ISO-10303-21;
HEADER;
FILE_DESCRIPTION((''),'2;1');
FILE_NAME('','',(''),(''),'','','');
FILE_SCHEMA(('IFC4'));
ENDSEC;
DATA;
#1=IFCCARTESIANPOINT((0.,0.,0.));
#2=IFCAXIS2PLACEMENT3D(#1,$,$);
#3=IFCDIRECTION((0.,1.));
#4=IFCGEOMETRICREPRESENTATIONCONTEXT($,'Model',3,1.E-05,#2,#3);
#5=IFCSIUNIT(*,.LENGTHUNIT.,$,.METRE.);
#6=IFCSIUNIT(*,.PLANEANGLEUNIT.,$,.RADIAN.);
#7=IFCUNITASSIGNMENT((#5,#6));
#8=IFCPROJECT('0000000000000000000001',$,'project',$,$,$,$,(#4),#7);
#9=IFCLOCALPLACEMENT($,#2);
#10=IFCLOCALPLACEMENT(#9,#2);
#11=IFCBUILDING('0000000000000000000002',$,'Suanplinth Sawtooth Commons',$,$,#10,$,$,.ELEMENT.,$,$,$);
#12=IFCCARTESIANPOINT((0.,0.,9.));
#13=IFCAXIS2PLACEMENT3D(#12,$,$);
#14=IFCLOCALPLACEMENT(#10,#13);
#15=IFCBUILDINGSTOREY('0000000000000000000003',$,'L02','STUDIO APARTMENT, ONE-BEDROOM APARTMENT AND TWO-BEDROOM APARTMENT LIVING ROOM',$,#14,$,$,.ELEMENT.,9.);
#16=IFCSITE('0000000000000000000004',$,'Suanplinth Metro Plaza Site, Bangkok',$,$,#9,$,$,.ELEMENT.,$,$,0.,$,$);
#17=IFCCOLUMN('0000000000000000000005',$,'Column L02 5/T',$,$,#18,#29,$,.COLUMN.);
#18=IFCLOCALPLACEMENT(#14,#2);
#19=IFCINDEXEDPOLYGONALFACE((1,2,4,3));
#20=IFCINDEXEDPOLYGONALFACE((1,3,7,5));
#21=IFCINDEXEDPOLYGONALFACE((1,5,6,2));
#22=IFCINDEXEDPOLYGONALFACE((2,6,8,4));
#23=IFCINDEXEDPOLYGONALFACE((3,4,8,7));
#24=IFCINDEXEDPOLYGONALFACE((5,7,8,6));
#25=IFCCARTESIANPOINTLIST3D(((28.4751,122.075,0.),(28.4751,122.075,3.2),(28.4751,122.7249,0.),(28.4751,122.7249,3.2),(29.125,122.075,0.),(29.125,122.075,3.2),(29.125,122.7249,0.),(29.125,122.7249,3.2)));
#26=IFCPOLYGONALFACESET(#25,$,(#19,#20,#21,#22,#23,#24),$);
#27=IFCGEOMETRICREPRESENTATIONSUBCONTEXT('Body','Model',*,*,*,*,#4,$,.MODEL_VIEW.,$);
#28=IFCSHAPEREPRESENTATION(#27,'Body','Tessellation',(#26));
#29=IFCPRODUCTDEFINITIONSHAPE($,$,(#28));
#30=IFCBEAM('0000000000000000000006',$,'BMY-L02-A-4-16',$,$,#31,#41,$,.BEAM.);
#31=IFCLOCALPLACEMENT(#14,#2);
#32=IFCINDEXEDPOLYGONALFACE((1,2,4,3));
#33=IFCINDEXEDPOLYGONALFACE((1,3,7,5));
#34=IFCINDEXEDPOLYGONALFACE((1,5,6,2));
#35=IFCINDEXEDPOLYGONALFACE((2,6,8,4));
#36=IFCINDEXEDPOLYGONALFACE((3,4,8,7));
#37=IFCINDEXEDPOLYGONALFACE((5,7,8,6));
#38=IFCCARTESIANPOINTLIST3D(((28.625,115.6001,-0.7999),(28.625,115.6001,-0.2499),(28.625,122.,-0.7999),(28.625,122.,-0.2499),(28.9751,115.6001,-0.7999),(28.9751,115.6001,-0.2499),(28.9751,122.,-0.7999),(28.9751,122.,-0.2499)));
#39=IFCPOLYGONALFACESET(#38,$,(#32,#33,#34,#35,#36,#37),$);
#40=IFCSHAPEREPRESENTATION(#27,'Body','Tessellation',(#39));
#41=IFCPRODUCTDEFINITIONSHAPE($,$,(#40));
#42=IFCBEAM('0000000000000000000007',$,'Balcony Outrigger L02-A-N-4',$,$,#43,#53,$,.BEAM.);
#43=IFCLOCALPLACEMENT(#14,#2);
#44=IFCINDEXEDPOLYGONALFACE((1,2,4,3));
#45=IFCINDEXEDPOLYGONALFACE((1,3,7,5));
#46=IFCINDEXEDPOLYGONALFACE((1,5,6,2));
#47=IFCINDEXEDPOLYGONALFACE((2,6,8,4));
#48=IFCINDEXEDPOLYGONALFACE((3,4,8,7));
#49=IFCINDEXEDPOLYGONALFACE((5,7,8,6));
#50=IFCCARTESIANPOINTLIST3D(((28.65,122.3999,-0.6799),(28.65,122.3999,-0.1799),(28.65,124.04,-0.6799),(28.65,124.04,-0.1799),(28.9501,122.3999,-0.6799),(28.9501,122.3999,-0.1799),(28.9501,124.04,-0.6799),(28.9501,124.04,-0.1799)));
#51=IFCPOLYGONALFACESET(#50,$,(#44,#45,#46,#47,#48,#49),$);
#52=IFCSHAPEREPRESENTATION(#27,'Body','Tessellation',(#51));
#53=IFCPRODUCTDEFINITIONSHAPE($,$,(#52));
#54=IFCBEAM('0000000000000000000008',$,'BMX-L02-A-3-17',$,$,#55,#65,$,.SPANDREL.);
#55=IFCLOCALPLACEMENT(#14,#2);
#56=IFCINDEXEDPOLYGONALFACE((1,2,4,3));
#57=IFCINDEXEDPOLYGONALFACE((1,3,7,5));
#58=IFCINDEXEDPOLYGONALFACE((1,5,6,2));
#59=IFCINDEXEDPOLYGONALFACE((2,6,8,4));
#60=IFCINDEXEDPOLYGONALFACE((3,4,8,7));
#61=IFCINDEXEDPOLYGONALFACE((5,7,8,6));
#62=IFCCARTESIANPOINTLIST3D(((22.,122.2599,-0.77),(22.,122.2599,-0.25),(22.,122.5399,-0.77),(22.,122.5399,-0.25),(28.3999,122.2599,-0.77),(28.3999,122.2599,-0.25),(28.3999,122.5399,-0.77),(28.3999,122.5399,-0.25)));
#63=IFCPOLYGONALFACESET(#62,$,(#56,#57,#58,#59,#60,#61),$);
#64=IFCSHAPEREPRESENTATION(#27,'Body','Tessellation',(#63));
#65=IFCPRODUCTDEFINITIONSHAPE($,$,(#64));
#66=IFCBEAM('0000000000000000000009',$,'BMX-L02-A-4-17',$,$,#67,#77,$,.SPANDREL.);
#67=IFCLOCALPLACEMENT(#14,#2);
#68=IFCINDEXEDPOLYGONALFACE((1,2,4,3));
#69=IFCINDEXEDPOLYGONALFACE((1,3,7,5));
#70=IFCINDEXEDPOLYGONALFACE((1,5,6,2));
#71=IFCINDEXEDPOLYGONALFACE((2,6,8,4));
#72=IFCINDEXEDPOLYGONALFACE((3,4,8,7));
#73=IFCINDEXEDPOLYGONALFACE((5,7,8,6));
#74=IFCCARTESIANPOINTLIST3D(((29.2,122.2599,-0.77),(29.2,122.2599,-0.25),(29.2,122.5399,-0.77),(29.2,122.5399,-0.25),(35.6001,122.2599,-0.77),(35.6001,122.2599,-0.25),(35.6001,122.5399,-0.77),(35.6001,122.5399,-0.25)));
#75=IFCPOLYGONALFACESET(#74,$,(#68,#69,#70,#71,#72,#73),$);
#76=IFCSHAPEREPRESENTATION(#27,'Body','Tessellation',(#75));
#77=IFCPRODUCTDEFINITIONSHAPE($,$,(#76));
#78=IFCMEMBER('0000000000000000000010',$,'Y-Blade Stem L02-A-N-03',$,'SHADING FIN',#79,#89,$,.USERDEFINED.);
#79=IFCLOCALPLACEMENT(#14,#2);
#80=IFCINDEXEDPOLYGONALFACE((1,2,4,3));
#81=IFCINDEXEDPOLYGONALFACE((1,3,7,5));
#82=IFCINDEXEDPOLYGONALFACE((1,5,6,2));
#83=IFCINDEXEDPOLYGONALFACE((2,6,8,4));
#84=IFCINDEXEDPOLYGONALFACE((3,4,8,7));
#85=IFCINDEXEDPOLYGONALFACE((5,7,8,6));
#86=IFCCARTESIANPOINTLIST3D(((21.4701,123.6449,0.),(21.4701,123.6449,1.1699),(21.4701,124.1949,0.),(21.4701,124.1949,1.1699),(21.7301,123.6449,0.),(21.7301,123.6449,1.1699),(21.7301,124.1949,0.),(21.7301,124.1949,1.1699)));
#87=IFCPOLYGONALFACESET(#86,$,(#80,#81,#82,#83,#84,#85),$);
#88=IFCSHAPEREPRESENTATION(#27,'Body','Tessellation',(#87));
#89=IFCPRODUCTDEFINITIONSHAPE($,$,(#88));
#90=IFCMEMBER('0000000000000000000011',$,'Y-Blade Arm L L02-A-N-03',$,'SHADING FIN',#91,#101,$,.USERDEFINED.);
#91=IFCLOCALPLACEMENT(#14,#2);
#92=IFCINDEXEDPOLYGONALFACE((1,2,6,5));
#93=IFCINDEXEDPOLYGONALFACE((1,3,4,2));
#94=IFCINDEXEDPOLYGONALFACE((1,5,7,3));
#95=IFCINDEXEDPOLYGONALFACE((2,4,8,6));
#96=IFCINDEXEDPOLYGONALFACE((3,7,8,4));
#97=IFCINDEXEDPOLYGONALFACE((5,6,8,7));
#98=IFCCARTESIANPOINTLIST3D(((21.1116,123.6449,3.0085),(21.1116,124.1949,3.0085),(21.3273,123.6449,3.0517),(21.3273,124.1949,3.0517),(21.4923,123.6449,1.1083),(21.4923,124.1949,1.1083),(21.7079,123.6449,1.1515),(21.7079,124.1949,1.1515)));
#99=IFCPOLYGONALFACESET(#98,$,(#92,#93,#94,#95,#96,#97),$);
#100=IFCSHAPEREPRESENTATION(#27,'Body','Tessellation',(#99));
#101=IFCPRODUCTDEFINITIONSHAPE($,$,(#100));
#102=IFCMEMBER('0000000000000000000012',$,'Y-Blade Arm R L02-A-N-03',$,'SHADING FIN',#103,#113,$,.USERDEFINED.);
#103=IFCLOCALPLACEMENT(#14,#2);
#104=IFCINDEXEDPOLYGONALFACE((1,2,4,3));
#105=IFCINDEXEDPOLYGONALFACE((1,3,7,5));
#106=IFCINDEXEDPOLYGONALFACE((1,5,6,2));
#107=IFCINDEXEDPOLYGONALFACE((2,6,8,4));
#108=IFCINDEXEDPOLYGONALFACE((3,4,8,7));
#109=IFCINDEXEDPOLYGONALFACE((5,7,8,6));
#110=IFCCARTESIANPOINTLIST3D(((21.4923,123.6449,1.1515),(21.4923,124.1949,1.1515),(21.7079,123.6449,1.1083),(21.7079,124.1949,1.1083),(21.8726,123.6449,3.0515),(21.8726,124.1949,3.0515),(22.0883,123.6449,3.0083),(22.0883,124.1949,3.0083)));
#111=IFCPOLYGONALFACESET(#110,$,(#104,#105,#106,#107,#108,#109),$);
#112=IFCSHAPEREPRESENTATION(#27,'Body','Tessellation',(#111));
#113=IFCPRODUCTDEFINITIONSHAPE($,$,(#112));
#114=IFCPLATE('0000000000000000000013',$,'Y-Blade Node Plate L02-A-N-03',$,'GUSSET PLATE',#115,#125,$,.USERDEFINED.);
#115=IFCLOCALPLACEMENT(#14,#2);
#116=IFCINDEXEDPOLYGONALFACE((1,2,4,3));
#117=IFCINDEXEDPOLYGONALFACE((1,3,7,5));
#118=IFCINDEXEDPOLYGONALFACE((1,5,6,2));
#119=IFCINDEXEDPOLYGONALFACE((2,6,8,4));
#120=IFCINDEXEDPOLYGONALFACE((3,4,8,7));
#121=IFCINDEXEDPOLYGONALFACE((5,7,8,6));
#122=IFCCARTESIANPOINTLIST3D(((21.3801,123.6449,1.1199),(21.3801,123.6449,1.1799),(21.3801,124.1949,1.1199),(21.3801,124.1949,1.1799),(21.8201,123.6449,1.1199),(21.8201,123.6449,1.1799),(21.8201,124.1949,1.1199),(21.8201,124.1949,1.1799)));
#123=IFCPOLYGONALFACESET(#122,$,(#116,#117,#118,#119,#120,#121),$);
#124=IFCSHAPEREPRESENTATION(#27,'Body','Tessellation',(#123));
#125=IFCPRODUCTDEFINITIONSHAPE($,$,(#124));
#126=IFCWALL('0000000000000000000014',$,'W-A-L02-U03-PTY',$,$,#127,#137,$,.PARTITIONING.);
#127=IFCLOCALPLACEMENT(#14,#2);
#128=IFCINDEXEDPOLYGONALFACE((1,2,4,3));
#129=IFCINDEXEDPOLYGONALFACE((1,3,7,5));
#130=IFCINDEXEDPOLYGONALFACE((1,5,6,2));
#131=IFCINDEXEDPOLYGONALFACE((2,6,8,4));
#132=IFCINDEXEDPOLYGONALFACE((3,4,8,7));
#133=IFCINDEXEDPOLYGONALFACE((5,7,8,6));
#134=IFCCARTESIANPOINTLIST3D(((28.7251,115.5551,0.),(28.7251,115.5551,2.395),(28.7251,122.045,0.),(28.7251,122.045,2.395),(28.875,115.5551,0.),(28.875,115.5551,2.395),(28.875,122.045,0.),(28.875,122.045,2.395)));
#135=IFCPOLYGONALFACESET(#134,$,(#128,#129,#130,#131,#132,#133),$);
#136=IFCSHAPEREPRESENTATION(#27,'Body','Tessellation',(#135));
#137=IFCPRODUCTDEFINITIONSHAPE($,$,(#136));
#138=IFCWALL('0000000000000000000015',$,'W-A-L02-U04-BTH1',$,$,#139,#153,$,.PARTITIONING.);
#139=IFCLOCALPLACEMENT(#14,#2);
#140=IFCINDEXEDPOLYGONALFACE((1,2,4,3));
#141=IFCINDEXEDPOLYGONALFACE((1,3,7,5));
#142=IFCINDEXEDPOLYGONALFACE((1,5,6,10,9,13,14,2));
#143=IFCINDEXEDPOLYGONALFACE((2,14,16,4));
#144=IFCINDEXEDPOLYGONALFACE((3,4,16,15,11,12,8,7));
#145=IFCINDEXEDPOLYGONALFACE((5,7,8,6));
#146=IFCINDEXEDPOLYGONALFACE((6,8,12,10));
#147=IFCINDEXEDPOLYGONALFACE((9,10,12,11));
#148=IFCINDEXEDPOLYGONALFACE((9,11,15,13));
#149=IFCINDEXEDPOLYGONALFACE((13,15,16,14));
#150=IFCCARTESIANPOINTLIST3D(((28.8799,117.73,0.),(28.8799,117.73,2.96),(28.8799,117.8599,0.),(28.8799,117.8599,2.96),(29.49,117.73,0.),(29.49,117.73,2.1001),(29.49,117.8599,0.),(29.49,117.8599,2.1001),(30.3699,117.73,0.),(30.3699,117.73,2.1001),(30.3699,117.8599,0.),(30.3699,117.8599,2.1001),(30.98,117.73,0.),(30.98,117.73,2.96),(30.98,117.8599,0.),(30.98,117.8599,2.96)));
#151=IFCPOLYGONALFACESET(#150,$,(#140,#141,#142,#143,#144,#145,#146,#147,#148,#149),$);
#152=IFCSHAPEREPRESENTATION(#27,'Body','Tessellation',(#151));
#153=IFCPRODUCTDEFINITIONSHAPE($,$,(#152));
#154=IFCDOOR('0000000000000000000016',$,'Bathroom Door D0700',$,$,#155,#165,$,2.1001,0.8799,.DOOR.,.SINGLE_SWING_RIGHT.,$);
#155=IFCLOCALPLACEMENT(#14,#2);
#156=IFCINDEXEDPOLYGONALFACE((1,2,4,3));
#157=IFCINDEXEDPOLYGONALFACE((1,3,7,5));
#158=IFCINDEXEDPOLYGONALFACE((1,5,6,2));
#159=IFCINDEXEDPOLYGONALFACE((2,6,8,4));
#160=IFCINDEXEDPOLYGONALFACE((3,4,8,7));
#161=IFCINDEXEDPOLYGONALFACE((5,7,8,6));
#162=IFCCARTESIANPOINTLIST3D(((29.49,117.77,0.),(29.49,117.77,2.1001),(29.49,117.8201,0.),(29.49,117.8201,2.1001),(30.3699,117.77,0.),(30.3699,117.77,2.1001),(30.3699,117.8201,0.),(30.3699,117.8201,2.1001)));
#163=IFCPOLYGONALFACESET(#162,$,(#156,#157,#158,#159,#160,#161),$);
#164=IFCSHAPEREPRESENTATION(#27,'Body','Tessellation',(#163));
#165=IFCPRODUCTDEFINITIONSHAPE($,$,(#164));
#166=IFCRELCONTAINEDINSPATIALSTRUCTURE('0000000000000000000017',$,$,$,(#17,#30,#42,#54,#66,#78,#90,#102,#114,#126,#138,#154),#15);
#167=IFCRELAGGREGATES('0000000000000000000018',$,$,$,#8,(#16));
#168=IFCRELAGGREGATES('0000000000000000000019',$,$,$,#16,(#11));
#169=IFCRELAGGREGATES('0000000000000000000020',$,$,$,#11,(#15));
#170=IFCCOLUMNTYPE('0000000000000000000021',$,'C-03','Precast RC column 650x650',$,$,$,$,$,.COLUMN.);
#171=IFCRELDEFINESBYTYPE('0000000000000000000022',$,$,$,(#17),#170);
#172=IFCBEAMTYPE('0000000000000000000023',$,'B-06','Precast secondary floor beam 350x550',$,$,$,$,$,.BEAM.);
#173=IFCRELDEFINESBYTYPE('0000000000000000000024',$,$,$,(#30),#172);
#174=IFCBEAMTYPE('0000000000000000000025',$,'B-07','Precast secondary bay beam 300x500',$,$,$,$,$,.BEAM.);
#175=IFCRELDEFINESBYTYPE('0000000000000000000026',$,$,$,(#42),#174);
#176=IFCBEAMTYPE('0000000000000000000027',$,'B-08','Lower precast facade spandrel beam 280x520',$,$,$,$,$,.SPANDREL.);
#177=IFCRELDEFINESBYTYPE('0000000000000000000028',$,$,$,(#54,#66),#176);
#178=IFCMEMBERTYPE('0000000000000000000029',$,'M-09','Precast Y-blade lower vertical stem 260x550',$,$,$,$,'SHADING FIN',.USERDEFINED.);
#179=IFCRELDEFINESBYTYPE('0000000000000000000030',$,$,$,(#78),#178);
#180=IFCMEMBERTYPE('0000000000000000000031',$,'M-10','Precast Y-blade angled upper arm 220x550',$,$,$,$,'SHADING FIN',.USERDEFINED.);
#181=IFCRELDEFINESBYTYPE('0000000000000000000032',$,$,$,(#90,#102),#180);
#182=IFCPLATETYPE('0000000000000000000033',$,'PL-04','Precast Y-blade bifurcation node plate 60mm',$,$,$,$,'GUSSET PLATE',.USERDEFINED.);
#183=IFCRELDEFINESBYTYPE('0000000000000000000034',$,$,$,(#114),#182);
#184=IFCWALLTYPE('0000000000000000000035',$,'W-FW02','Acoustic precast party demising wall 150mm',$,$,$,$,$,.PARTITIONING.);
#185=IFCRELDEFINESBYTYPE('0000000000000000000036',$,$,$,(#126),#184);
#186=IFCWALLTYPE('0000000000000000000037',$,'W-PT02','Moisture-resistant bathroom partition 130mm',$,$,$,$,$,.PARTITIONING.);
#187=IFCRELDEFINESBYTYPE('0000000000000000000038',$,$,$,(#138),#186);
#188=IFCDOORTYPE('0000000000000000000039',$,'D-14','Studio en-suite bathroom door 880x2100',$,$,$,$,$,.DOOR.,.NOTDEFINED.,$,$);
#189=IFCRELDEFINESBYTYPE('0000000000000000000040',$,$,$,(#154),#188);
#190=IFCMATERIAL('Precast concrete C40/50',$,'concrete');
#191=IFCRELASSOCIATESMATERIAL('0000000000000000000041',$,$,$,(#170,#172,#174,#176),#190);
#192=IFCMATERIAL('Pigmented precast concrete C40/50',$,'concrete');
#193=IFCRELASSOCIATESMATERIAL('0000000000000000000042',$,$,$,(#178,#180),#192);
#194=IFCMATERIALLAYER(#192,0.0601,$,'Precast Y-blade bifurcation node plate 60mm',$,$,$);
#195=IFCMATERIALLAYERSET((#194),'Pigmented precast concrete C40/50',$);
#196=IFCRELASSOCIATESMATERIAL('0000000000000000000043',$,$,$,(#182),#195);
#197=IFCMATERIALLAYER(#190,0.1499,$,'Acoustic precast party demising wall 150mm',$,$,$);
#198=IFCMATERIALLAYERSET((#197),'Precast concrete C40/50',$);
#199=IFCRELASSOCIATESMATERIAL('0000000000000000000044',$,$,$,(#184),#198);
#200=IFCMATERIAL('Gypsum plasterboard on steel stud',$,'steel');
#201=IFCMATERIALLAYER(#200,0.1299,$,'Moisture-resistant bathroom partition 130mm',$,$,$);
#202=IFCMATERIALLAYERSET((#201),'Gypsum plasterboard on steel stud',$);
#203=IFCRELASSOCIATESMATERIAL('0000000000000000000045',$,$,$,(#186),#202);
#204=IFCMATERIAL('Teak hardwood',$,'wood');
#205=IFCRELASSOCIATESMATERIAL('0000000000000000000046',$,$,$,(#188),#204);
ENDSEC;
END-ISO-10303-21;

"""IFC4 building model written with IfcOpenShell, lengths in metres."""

from ifc_helpers import new_model, si_unit, direction, frame, frame_2d, origin, origin_2d, place, context, subcontext, project, spatial, rectangle, extrude, material, layer, layer_set, material_profile, profile_set, type_object, element, fill, save


model = new_model("IFC4")

# Units and contexts
model_context = context("Model", 3, precision=1e-05, world=origin(), true_north=direction((0.0, 1.0)))
body_context = subcontext(model_context, "Body", "Model", "MODEL_VIEW")
ifc_project = project(units=[si_unit("LENGTHUNIT", "METRE"), si_unit("PLANEANGLEUNIT", "RADIAN")], contexts=[model_context])

# Site, building, storey
site_placement = place(None, origin())
site = spatial("IfcSite", under=ifc_project, at=site_placement, Name="Suanplinth Metro Plaza Site, Bangkok", CompositionType="ELEMENT", RefElevation=0.0)
building_placement = place(site_placement, origin())
building = spatial("IfcBuilding", under=site, at=building_placement, Name="Suanplinth Sawtooth Commons", CompositionType="ELEMENT")
storey_placement = place(building_placement, frame((0.0, 0.0, 9.0)))
storey = spatial("IfcBuildingStorey", under=building, at=storey_placement, Name="L02", Description="STUDIO APARTMENT, ONE-BEDROOM APARTMENT AND TWO-BEDROOM APARTMENT LIVING ROOM", CompositionType="ELEMENT", Elevation=9.0)

# Column
ifc_material_1 = material(Name="Precast concrete C40/50", Category="concrete")
ifc_material_profile_1 = material_profile(ifc_material_1, rectangle(XDim=0.6499, YDim=0.6499, at=origin_2d()), Name="PC-COL 650x650")
ifc_profile_set_1 = profile_set([ifc_material_profile_1], Name="Precast concrete C40/50")
column_type = type_object("IfcColumnType", Name="C-03", Description="Precast RC column 650x650", PredefinedType="COLUMN", material=ifc_profile_set_1)
column_placement = place(storey_placement, frame((28.8, 122.3999, 0.0), z_axis=(0.0, 0.0, 1.0), x_axis=(1.0, 0.0, 0.0)))
element("IfcColumn", 1, at=column_placement, inside=storey, type_object=column_type, Name="Column L02 5/T", PredefinedType="COLUMN", context=body_context, shape_type="SweptSolid", body=[
    extrude(rectangle(XDim=0.6499, YDim=0.6499, at=origin_2d()), origin(), (0.0, 0.0, 1.0), 3.2),
])

# Beams
ifc_material_profile_2 = material_profile(ifc_material_1, rectangle(XDim=0.3501, YDim=0.55, at=origin_2d()), Name="PC-BM 350x550")
ifc_profile_set_2 = profile_set([ifc_material_profile_2], Name="Precast concrete C40/50")
beam_type_1 = type_object("IfcBeamType", Name="B-06", Description="Precast secondary floor beam 350x550", PredefinedType="BEAM", material=ifc_profile_set_2)
beam_1_placement = place(storey_placement, frame((28.8, 115.6001, -0.5249), z_axis=(0.0, 1.0, 0.0), x_axis=(-1.0, 0.0, 0.0)))
element("IfcBeam", 2, at=beam_1_placement, inside=storey, type_object=beam_type_1, Name="BMY-L02-A-4-16", PredefinedType="BEAM", context=body_context, shape_type="SweptSolid", body=[
    extrude(rectangle(XDim=0.3501, YDim=0.55, at=origin_2d()), origin(), (0.0, 0.0, 1.0), 6.3999),
])
ifc_material_profile_3 = material_profile(ifc_material_1, rectangle(XDim=0.3, YDim=0.5, at=origin_2d()), Name="PC-BM 300x500")
ifc_profile_set_3 = profile_set([ifc_material_profile_3], Name="Precast concrete C40/50")
beam_type_2 = type_object("IfcBeamType", Name="B-07", Description="Precast secondary bay beam 300x500", PredefinedType="BEAM", material=ifc_profile_set_3)
beam_2_placement = place(storey_placement, frame((28.8, 122.3999, -0.4299), z_axis=(0.0, 1.0, 0.0), x_axis=(-1.0, 0.0, 0.0)))
element("IfcBeam", 3, at=beam_2_placement, inside=storey, type_object=beam_type_2, Name="Balcony Outrigger L02-A-N-4", PredefinedType="BEAM", context=body_context, shape_type="SweptSolid", body=[
    extrude(rectangle(XDim=0.3, YDim=0.5, at=origin_2d()), origin(), (0.0, 0.0, 1.0), 1.6401),
])
ifc_material_profile_4 = material_profile(ifc_material_1, rectangle(XDim=0.28, YDim=0.52, at=origin_2d()), Name="PC-SP 280x520")
ifc_profile_set_4 = profile_set([ifc_material_profile_4], Name="Precast concrete C40/50")
beam_type_3 = type_object("IfcBeamType", Name="B-08", Description="Lower precast facade spandrel beam 280x520", PredefinedType="SPANDREL", material=ifc_profile_set_4)
beam_3_placement = place(storey_placement, frame((22.0, 122.3999, -0.51), z_axis=(1.0, 0.0, 0.0), x_axis=(0.0, 1.0, 0.0)))
element("IfcBeam", 4, at=beam_3_placement, inside=storey, type_object=beam_type_3, Name="BMX-L02-A-3-17", PredefinedType="SPANDREL", context=body_context, shape_type="SweptSolid", body=[
    extrude(rectangle(XDim=0.28, YDim=0.52, at=origin_2d()), origin(), (0.0, 0.0, 1.0), 6.3999),
])
beam_4_placement = place(storey_placement, frame((29.2, 122.3999, -0.51), z_axis=(1.0, 0.0, 0.0), x_axis=(0.0, 1.0, 0.0)))
element("IfcBeam", 5, at=beam_4_placement, inside=storey, type_object=beam_type_3, Name="BMX-L02-A-4-17", PredefinedType="SPANDREL", context=body_context, shape_type="SweptSolid", body=[
    extrude(rectangle(XDim=0.28, YDim=0.52, at=origin_2d()), origin(), (0.0, 0.0, 1.0), 6.4001),
])

# Members
ifc_material_2 = material(Name="Pigmented precast concrete C40/50", Category="concrete")
ifc_material_profile_5 = material_profile(ifc_material_2, rectangle(XDim=0.26, YDim=0.55, at=origin_2d()), Name="PC-FIN 260x550")
ifc_profile_set_5 = profile_set([ifc_material_profile_5], Name="Pigmented precast concrete C40/50")
member_type_1 = type_object("IfcMemberType", Name="M-09", Description="Precast Y-blade lower vertical stem 260x550", ElementType="SHADING FIN", PredefinedType="USERDEFINED", material=ifc_profile_set_5)
member_1_placement = place(storey_placement, frame((21.6001, 123.9199, 0.0), z_axis=(0.0, 0.0, 1.0), x_axis=(1.0, 0.0, 0.0)))
element("IfcMember", 6, at=member_1_placement, inside=storey, type_object=member_type_1, Name="Y-Blade Stem L02-A-N-03", ObjectType="SHADING FIN", PredefinedType="USERDEFINED", context=body_context, shape_type="SweptSolid", body=[
    extrude(rectangle(XDim=0.26, YDim=0.55, at=origin_2d()), origin(), (0.0, 0.0, 1.0), 1.1699),
])
ifc_material_profile_6 = material_profile(ifc_material_2, rectangle(XDim=0.22, YDim=0.55, at=origin_2d()), Name="PC-FIN 220x550")
ifc_profile_set_6 = profile_set([ifc_material_profile_6], Name="Pigmented precast concrete C40/50")
member_type_2 = type_object("IfcMemberType", Name="M-10", Description="Precast Y-blade angled upper arm 220x550", ElementType="SHADING FIN", PredefinedType="USERDEFINED", material=ifc_profile_set_6)
member_2_placement = place(storey_placement, frame((21.6001, 123.9199, 1.1299), z_axis=(-0.196407, 0.0, 0.980522), x_axis=(0.980522, 0.0, 0.196407)))
element("IfcMember", 7, at=member_2_placement, inside=storey, type_object=member_type_2, Name="Y-Blade Arm L L02-A-N-03", ObjectType="SHADING FIN", PredefinedType="USERDEFINED", context=body_context, shape_type="SweptSolid", body=[
    extrude(rectangle(XDim=0.22, YDim=0.55, at=origin_2d()), origin(), (0.0, 0.0, 1.0), 1.938),
])
member_3_placement = place(storey_placement, frame((21.6001, 123.9199, 1.1299), z_axis=(0.196286, 0.0, 0.980547), x_axis=(-0.980547, 0.0, 0.196286)))
element("IfcMember", 8, at=member_3_placement, inside=storey, type_object=member_type_2, Name="Y-Blade Arm R L02-A-N-03", ObjectType="SHADING FIN", PredefinedType="USERDEFINED", context=body_context, shape_type="SweptSolid", body=[
    extrude(rectangle(XDim=0.22, YDim=0.55, at=origin_2d()), origin(), (0.0, 0.0, 1.0), 1.9377),
])

# Plate
ifc_layer_1 = layer(ifc_material_2, 0.0601, Name="Precast Y-blade bifurcation node plate 60mm")
ifc_layer_set_1 = layer_set([ifc_layer_1], Name="Pigmented precast concrete C40/50")
plate_type = type_object("IfcPlateType", Name="PL-04", Description="Precast Y-blade bifurcation node plate 60mm", ElementType="GUSSET PLATE", PredefinedType="USERDEFINED", material=ifc_layer_set_1)
plate_placement = place(storey_placement, frame((21.6001, 123.9199, 1.1199), z_axis=(0.0, 0.0, 1.0), x_axis=(1.0, 0.0, 0.0)))
element("IfcPlate", 9, at=plate_placement, inside=storey, type_object=plate_type, Name="Y-Blade Node Plate L02-A-N-03", ObjectType="GUSSET PLATE", PredefinedType="USERDEFINED", context=body_context, shape_type="SweptSolid", body=[
    extrude(rectangle(XDim=0.4399, YDim=0.55, at=origin_2d()), origin(), (0.0, 0.0, 1.0), 0.0601),
])

# Wall
ifc_layer_2 = layer(ifc_material_1, 0.1499, Name="Acoustic precast party demising wall 150mm")
ifc_layer_set_2 = layer_set([ifc_layer_2], Name="Precast concrete C40/50")
wall_type_1 = type_object("IfcWallType", Name="W-FW02", Description="Acoustic precast party demising wall 150mm", PredefinedType="PARTITIONING", material=ifc_layer_set_2)
wall_1_placement = place(storey_placement, frame((28.8, 115.5549, 0.0), z_axis=(0.0, 0.0, 1.0), x_axis=(0.0, 1.0, 0.0)))
element("IfcWall", 10, at=wall_1_placement, inside=storey, type_object=wall_type_1, Name="W-A-L02-U03-PTY", PredefinedType="PARTITIONING", context=body_context, shape_type="SweptSolid", body=[
    extrude(rectangle(XDim=6.49, YDim=0.1499, at=frame_2d((3.2451, 0.0))), origin(), (0.0, 0.0, 1.0), 2.395),
])

# Wall, opening, door
ifc_material_3 = material(Name="Gypsum plasterboard on steel stud", Category="steel")
ifc_layer_3 = layer(ifc_material_3, 0.1299, Name="Moisture-resistant bathroom partition 130mm")
ifc_layer_set_3 = layer_set([ifc_layer_3], Name="Gypsum plasterboard on steel stud")
wall_type_2 = type_object("IfcWallType", Name="W-PT02", Description="Moisture-resistant bathroom partition 130mm", PredefinedType="PARTITIONING", material=ifc_layer_set_3)
wall_2_placement = place(storey_placement, frame((28.8799, 117.7949, 0.0), z_axis=(0.0, 0.0, 1.0), x_axis=(1.0, 0.0, 0.0)))
wall_2 = element("IfcWall", 11, at=wall_2_placement, inside=storey, type_object=wall_type_2, Name="W-A-L02-U04-BTH1", PredefinedType="PARTITIONING", context=body_context, shape_type="SweptSolid", body=[
    extrude(rectangle(XDim=2.1001, YDim=0.1299, at=frame_2d((1.05, 0.0))), origin(), (0.0, 0.0, 1.0), 2.96),
])
opening_1_placement = place(wall_2_placement, frame((0.6101, 0.0, 0.0)))
opening_1 = element("IfcOpeningElement", 12, at=opening_1_placement, cuts=wall_2, PredefinedType="OPENING", context=body_context, shape_type="SweptSolid", body=[
    extrude(rectangle(XDim=0.8799, YDim=2.1001, at=frame_2d((0.4399, 1.05))), frame((0.0, 0.0798, 0.0), z_axis=(0.0, -1.0, 0.0), x_axis=(1.0, 0.0, 0.0)), (0.0, 0.0, 1.0), 0.1597),
])
ifc_material_4 = material(Name="Teak hardwood", Category="wood")
door_type_1 = type_object("IfcDoorType", Name="D-14", Description="Studio en-suite bathroom door 880x2100", OperationType="NOTDEFINED", PredefinedType="DOOR", material=ifc_material_4)
door_1_placement = place(opening_1_placement, frame((0.8799, 0.0, 0.0), z_axis=(0.0, 0.0, 1.0), x_axis=(-1.0, 0.0, 0.0)))
door_1 = element("IfcDoor", 13, at=door_1_placement, inside=storey, type_object=door_type_1, Name="Bathroom Door D0700", OperationType="SINGLE_SWING_RIGHT", OverallHeight=2.1001, OverallWidth=0.8799, PredefinedType="DOOR", context=body_context, shape_type="SweptSolid", body=[
    extrude(rectangle(XDim=0.8799, YDim=2.1001, at=frame_2d((0.4399, 1.05))), frame((0.0, 0.0249, 0.0), z_axis=(0.0, -1.0, 0.0), x_axis=(1.0, 0.0, 0.0)), (0.0, 0.0, 1.0), 0.05),
])
fill(opening_1, door_1)

save(model, "model.ifc")
